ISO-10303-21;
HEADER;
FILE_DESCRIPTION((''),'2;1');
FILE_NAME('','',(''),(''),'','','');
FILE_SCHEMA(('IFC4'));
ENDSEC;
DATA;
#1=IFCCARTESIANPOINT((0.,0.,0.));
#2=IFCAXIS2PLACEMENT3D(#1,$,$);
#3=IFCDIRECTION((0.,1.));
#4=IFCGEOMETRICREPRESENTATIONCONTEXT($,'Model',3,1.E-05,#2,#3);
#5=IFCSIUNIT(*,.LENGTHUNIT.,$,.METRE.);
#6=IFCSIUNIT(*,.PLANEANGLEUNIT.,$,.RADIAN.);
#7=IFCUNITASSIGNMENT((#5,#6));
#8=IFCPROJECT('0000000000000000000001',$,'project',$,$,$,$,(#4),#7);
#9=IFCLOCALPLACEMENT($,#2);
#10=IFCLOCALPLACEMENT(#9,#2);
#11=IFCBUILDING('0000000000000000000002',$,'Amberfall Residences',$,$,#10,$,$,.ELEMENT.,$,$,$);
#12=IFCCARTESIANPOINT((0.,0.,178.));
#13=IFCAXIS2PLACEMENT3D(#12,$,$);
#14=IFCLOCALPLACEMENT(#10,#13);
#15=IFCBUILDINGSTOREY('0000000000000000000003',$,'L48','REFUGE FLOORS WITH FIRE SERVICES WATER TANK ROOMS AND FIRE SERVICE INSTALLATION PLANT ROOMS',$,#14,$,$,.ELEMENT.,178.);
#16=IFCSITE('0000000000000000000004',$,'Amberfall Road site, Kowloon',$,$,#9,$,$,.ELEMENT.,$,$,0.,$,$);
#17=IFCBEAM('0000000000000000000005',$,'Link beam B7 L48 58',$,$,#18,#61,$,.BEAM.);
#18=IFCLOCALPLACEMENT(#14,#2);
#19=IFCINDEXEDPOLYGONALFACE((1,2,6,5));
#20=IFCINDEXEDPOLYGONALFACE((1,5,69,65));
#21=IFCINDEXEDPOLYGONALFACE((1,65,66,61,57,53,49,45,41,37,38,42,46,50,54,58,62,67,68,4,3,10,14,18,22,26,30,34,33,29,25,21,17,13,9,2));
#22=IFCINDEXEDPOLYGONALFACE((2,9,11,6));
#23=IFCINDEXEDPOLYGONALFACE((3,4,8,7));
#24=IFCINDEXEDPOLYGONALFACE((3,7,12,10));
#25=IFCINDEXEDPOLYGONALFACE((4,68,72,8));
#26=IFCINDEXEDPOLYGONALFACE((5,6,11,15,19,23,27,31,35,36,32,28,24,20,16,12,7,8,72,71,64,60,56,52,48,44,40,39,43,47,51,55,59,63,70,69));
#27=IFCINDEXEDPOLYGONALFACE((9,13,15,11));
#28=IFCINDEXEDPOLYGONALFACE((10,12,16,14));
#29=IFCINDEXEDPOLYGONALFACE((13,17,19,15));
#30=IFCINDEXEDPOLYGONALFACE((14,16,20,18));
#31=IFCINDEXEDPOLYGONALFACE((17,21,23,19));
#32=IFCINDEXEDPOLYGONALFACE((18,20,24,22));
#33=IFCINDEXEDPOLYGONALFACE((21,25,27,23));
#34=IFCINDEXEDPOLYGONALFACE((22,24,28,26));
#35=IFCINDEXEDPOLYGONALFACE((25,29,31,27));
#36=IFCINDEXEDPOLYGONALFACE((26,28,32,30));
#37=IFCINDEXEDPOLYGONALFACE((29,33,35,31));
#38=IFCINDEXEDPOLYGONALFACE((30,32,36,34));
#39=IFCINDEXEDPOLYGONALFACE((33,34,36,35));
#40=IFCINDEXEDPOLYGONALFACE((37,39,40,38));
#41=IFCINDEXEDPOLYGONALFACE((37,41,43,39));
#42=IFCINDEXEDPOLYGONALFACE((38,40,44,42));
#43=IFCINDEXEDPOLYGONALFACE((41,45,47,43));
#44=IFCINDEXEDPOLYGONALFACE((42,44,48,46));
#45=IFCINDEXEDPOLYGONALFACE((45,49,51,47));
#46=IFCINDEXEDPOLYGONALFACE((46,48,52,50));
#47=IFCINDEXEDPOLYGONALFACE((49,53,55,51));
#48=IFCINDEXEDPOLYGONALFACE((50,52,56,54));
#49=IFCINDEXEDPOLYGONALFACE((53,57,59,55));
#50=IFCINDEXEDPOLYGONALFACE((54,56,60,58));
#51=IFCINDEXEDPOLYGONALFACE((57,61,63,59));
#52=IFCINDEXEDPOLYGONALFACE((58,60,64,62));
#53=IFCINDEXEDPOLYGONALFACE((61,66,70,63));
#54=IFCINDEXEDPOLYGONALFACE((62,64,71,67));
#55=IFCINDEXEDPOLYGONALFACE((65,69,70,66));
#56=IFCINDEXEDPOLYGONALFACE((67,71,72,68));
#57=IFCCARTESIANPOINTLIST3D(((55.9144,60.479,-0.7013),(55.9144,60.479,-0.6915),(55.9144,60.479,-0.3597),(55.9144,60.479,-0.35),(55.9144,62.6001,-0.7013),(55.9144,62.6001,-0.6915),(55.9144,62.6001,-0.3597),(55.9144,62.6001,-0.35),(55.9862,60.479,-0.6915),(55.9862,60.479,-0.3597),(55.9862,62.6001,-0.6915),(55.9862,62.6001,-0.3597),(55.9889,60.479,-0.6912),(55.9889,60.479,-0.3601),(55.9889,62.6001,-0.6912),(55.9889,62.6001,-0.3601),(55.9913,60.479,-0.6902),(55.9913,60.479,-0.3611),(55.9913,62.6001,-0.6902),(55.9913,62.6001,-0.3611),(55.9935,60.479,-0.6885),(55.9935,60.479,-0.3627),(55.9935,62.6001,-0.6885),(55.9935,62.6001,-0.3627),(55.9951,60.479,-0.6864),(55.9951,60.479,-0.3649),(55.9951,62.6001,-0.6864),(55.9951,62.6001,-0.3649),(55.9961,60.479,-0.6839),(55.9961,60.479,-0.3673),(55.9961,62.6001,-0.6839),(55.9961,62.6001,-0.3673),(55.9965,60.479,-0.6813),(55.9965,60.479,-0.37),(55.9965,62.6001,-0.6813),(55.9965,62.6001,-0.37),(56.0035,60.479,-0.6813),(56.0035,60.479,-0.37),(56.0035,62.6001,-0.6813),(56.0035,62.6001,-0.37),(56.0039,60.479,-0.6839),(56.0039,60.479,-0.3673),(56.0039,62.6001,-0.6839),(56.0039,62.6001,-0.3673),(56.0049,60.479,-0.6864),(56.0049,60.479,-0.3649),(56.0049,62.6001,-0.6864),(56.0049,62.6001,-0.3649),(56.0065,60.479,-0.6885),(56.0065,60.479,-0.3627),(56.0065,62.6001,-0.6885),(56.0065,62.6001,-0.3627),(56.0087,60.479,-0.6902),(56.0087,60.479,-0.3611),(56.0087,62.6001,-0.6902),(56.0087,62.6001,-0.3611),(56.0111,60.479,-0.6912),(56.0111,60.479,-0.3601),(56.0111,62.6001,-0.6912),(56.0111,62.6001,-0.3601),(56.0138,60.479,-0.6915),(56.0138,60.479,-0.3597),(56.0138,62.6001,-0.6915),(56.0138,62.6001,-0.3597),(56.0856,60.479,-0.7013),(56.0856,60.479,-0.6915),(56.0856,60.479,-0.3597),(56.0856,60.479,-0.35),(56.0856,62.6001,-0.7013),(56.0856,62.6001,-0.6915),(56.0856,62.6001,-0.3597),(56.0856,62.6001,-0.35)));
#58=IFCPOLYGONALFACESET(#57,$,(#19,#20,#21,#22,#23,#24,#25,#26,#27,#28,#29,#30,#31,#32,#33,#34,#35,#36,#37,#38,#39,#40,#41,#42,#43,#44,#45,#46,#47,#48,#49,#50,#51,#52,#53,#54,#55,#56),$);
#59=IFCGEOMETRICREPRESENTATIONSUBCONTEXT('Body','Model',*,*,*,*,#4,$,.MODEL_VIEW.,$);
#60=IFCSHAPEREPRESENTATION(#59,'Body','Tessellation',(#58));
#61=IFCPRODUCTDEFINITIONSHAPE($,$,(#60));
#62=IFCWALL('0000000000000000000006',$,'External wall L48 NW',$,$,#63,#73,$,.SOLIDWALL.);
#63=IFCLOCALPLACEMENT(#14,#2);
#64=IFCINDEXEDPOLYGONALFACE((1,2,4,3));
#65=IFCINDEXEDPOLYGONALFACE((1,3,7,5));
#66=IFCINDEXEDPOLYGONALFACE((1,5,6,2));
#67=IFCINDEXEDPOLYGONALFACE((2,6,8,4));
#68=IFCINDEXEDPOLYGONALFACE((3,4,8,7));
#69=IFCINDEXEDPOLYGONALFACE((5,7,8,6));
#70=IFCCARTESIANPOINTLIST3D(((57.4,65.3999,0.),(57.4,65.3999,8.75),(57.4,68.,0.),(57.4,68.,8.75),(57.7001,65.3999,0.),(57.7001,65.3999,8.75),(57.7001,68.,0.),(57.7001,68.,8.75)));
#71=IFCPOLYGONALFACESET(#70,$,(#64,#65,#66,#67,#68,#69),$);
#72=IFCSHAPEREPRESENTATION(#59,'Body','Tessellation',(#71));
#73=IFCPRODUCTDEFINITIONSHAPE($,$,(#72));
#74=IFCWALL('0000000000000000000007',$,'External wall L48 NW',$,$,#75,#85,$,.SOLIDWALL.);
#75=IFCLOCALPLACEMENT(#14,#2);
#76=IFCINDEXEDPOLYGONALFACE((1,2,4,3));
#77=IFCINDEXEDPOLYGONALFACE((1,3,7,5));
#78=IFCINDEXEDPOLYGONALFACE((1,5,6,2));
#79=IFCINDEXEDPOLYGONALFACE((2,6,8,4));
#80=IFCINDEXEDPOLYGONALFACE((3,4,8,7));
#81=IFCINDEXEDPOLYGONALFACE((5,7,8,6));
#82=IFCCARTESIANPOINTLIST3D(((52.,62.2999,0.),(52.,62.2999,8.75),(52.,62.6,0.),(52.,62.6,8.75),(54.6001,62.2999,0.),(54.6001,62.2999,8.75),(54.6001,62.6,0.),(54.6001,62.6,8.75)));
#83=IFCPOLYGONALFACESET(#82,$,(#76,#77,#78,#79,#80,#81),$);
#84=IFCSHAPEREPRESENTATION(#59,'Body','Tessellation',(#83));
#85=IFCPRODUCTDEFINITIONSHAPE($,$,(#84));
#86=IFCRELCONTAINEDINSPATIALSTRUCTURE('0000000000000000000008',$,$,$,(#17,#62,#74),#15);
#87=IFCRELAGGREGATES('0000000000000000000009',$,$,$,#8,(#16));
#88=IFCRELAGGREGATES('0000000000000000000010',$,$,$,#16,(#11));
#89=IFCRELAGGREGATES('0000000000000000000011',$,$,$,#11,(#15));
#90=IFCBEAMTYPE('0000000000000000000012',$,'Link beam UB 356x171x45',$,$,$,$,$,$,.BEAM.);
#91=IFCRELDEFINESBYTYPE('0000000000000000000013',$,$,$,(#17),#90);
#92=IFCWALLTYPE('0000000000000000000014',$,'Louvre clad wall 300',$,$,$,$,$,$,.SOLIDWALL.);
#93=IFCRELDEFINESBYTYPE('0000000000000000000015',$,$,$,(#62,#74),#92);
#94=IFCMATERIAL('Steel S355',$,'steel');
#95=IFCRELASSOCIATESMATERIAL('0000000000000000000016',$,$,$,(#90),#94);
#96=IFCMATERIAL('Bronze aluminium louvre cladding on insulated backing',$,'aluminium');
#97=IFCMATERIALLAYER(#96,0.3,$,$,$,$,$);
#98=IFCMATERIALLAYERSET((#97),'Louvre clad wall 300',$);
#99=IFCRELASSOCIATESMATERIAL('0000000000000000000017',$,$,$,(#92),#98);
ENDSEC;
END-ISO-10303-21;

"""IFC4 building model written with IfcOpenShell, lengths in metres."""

from ifc_helpers import new_model, si_unit, direction, frame, frame_2d, origin, origin_2d, place, context, subcontext, project, spatial, rectangle, i_section, extrude, material, layer, layer_set, material_profile, profile_set, type_object, element, save


model = new_model("IFC4")

# Units and contexts
model_context = context("Model", 3, precision=1e-05, world=origin(), true_north=direction((0.0, 1.0)))
body_context = subcontext(model_context, "Body", "Model", "MODEL_VIEW")
ifc_project = project(units=[si_unit("LENGTHUNIT", "METRE"), si_unit("PLANEANGLEUNIT", "RADIAN")], contexts=[model_context])

# Site, building, storey
site_placement = place(None, origin())
site = spatial("IfcSite", under=ifc_project, at=site_placement, Name="Amberfall Road site, Kowloon", CompositionType="ELEMENT", RefElevation=0.0)
building_placement = place(site_placement, origin())
building = spatial("IfcBuilding", under=site, at=building_placement, Name="Amberfall Residences", CompositionType="ELEMENT")
storey_placement = place(building_placement, frame((0.0, 0.0, 178.0)))
storey = spatial("IfcBuildingStorey", under=building, at=storey_placement, Name="L48", Description="REFUGE FLOORS WITH FIRE SERVICES WATER TANK ROOMS AND FIRE SERVICE INSTALLATION PLANT ROOMS", CompositionType="ELEMENT", Elevation=178.0)

# Shared definitions
ifc_material_1 = material(Name="Steel S355", Category="steel")

# Beam
ifc_material_profile_1 = material_profile(ifc_material_1, i_section(OverallWidth=0.1711, OverallDepth=0.3513, WebThickness=0.0071, FlangeThickness=0.0098, FilletRadius=0.0103, at=origin_2d()), Name="UB 356x171x45")
ifc_profile_set_1 = profile_set([ifc_material_profile_1], Name="Steel S355")
beam_type_1 = type_object("IfcBeamType", Name="Link beam UB 356x171x45", PredefinedType="BEAM", material=ifc_profile_set_1)
beam_1_placement = place(storey_placement, frame((56.0, 62.6001, -0.5256), z_axis=(0.0, -1.0, 0.0), x_axis=(1.0, 0.0, 0.0)))
element("IfcBeam", 1, at=beam_1_placement, inside=storey, type_object=beam_type_1, Name="Link beam B7 L48 58", PredefinedType="BEAM", context=body_context, shape_type="SweptSolid", body=[
    extrude(i_section(OverallWidth=0.1711, OverallDepth=0.3513, WebThickness=0.0071, FlangeThickness=0.0098, FilletRadius=0.0103, at=origin_2d()), origin(), (0.0, 0.0, 1.0), 2.1211),
])

# Walls
ifc_material_2 = material(Name="Bronze aluminium louvre cladding on insulated backing", Category="aluminium")
ifc_layer = layer(ifc_material_2, 0.3)
ifc_layer_set = layer_set([ifc_layer], Name="Louvre clad wall 300")
wall_type = type_object("IfcWallType", Name="Louvre clad wall 300", PredefinedType="SOLIDWALL", material=ifc_layer_set)
for number, where, z_axis, x_axis, name in (
    (2, (57.55, 68.0, 0.0), (0.0, 0.0, 1.0), (0.0, -1.0, 0.0), "External wall L48 NW"),
    (3, (54.6001, 62.45, 0.0), (0.0, 0.0, 1.0), (-1.0, 0.0, 0.0), "External wall L48 NW"),
):
    element("IfcWall", number, at=place(storey_placement, frame(where, z_axis=z_axis, x_axis=x_axis)), inside=storey, type_object=wall_type, Name=name, PredefinedType="SOLIDWALL", context=body_context, shape_type="SweptSolid", body=[
        extrude(rectangle(XDim=2.6001, YDim=0.3, at=frame_2d((1.3, 0.0))), origin(), (0.0, 0.0, 1.0), 8.75),
    ])

save(model, "model.ifc")
